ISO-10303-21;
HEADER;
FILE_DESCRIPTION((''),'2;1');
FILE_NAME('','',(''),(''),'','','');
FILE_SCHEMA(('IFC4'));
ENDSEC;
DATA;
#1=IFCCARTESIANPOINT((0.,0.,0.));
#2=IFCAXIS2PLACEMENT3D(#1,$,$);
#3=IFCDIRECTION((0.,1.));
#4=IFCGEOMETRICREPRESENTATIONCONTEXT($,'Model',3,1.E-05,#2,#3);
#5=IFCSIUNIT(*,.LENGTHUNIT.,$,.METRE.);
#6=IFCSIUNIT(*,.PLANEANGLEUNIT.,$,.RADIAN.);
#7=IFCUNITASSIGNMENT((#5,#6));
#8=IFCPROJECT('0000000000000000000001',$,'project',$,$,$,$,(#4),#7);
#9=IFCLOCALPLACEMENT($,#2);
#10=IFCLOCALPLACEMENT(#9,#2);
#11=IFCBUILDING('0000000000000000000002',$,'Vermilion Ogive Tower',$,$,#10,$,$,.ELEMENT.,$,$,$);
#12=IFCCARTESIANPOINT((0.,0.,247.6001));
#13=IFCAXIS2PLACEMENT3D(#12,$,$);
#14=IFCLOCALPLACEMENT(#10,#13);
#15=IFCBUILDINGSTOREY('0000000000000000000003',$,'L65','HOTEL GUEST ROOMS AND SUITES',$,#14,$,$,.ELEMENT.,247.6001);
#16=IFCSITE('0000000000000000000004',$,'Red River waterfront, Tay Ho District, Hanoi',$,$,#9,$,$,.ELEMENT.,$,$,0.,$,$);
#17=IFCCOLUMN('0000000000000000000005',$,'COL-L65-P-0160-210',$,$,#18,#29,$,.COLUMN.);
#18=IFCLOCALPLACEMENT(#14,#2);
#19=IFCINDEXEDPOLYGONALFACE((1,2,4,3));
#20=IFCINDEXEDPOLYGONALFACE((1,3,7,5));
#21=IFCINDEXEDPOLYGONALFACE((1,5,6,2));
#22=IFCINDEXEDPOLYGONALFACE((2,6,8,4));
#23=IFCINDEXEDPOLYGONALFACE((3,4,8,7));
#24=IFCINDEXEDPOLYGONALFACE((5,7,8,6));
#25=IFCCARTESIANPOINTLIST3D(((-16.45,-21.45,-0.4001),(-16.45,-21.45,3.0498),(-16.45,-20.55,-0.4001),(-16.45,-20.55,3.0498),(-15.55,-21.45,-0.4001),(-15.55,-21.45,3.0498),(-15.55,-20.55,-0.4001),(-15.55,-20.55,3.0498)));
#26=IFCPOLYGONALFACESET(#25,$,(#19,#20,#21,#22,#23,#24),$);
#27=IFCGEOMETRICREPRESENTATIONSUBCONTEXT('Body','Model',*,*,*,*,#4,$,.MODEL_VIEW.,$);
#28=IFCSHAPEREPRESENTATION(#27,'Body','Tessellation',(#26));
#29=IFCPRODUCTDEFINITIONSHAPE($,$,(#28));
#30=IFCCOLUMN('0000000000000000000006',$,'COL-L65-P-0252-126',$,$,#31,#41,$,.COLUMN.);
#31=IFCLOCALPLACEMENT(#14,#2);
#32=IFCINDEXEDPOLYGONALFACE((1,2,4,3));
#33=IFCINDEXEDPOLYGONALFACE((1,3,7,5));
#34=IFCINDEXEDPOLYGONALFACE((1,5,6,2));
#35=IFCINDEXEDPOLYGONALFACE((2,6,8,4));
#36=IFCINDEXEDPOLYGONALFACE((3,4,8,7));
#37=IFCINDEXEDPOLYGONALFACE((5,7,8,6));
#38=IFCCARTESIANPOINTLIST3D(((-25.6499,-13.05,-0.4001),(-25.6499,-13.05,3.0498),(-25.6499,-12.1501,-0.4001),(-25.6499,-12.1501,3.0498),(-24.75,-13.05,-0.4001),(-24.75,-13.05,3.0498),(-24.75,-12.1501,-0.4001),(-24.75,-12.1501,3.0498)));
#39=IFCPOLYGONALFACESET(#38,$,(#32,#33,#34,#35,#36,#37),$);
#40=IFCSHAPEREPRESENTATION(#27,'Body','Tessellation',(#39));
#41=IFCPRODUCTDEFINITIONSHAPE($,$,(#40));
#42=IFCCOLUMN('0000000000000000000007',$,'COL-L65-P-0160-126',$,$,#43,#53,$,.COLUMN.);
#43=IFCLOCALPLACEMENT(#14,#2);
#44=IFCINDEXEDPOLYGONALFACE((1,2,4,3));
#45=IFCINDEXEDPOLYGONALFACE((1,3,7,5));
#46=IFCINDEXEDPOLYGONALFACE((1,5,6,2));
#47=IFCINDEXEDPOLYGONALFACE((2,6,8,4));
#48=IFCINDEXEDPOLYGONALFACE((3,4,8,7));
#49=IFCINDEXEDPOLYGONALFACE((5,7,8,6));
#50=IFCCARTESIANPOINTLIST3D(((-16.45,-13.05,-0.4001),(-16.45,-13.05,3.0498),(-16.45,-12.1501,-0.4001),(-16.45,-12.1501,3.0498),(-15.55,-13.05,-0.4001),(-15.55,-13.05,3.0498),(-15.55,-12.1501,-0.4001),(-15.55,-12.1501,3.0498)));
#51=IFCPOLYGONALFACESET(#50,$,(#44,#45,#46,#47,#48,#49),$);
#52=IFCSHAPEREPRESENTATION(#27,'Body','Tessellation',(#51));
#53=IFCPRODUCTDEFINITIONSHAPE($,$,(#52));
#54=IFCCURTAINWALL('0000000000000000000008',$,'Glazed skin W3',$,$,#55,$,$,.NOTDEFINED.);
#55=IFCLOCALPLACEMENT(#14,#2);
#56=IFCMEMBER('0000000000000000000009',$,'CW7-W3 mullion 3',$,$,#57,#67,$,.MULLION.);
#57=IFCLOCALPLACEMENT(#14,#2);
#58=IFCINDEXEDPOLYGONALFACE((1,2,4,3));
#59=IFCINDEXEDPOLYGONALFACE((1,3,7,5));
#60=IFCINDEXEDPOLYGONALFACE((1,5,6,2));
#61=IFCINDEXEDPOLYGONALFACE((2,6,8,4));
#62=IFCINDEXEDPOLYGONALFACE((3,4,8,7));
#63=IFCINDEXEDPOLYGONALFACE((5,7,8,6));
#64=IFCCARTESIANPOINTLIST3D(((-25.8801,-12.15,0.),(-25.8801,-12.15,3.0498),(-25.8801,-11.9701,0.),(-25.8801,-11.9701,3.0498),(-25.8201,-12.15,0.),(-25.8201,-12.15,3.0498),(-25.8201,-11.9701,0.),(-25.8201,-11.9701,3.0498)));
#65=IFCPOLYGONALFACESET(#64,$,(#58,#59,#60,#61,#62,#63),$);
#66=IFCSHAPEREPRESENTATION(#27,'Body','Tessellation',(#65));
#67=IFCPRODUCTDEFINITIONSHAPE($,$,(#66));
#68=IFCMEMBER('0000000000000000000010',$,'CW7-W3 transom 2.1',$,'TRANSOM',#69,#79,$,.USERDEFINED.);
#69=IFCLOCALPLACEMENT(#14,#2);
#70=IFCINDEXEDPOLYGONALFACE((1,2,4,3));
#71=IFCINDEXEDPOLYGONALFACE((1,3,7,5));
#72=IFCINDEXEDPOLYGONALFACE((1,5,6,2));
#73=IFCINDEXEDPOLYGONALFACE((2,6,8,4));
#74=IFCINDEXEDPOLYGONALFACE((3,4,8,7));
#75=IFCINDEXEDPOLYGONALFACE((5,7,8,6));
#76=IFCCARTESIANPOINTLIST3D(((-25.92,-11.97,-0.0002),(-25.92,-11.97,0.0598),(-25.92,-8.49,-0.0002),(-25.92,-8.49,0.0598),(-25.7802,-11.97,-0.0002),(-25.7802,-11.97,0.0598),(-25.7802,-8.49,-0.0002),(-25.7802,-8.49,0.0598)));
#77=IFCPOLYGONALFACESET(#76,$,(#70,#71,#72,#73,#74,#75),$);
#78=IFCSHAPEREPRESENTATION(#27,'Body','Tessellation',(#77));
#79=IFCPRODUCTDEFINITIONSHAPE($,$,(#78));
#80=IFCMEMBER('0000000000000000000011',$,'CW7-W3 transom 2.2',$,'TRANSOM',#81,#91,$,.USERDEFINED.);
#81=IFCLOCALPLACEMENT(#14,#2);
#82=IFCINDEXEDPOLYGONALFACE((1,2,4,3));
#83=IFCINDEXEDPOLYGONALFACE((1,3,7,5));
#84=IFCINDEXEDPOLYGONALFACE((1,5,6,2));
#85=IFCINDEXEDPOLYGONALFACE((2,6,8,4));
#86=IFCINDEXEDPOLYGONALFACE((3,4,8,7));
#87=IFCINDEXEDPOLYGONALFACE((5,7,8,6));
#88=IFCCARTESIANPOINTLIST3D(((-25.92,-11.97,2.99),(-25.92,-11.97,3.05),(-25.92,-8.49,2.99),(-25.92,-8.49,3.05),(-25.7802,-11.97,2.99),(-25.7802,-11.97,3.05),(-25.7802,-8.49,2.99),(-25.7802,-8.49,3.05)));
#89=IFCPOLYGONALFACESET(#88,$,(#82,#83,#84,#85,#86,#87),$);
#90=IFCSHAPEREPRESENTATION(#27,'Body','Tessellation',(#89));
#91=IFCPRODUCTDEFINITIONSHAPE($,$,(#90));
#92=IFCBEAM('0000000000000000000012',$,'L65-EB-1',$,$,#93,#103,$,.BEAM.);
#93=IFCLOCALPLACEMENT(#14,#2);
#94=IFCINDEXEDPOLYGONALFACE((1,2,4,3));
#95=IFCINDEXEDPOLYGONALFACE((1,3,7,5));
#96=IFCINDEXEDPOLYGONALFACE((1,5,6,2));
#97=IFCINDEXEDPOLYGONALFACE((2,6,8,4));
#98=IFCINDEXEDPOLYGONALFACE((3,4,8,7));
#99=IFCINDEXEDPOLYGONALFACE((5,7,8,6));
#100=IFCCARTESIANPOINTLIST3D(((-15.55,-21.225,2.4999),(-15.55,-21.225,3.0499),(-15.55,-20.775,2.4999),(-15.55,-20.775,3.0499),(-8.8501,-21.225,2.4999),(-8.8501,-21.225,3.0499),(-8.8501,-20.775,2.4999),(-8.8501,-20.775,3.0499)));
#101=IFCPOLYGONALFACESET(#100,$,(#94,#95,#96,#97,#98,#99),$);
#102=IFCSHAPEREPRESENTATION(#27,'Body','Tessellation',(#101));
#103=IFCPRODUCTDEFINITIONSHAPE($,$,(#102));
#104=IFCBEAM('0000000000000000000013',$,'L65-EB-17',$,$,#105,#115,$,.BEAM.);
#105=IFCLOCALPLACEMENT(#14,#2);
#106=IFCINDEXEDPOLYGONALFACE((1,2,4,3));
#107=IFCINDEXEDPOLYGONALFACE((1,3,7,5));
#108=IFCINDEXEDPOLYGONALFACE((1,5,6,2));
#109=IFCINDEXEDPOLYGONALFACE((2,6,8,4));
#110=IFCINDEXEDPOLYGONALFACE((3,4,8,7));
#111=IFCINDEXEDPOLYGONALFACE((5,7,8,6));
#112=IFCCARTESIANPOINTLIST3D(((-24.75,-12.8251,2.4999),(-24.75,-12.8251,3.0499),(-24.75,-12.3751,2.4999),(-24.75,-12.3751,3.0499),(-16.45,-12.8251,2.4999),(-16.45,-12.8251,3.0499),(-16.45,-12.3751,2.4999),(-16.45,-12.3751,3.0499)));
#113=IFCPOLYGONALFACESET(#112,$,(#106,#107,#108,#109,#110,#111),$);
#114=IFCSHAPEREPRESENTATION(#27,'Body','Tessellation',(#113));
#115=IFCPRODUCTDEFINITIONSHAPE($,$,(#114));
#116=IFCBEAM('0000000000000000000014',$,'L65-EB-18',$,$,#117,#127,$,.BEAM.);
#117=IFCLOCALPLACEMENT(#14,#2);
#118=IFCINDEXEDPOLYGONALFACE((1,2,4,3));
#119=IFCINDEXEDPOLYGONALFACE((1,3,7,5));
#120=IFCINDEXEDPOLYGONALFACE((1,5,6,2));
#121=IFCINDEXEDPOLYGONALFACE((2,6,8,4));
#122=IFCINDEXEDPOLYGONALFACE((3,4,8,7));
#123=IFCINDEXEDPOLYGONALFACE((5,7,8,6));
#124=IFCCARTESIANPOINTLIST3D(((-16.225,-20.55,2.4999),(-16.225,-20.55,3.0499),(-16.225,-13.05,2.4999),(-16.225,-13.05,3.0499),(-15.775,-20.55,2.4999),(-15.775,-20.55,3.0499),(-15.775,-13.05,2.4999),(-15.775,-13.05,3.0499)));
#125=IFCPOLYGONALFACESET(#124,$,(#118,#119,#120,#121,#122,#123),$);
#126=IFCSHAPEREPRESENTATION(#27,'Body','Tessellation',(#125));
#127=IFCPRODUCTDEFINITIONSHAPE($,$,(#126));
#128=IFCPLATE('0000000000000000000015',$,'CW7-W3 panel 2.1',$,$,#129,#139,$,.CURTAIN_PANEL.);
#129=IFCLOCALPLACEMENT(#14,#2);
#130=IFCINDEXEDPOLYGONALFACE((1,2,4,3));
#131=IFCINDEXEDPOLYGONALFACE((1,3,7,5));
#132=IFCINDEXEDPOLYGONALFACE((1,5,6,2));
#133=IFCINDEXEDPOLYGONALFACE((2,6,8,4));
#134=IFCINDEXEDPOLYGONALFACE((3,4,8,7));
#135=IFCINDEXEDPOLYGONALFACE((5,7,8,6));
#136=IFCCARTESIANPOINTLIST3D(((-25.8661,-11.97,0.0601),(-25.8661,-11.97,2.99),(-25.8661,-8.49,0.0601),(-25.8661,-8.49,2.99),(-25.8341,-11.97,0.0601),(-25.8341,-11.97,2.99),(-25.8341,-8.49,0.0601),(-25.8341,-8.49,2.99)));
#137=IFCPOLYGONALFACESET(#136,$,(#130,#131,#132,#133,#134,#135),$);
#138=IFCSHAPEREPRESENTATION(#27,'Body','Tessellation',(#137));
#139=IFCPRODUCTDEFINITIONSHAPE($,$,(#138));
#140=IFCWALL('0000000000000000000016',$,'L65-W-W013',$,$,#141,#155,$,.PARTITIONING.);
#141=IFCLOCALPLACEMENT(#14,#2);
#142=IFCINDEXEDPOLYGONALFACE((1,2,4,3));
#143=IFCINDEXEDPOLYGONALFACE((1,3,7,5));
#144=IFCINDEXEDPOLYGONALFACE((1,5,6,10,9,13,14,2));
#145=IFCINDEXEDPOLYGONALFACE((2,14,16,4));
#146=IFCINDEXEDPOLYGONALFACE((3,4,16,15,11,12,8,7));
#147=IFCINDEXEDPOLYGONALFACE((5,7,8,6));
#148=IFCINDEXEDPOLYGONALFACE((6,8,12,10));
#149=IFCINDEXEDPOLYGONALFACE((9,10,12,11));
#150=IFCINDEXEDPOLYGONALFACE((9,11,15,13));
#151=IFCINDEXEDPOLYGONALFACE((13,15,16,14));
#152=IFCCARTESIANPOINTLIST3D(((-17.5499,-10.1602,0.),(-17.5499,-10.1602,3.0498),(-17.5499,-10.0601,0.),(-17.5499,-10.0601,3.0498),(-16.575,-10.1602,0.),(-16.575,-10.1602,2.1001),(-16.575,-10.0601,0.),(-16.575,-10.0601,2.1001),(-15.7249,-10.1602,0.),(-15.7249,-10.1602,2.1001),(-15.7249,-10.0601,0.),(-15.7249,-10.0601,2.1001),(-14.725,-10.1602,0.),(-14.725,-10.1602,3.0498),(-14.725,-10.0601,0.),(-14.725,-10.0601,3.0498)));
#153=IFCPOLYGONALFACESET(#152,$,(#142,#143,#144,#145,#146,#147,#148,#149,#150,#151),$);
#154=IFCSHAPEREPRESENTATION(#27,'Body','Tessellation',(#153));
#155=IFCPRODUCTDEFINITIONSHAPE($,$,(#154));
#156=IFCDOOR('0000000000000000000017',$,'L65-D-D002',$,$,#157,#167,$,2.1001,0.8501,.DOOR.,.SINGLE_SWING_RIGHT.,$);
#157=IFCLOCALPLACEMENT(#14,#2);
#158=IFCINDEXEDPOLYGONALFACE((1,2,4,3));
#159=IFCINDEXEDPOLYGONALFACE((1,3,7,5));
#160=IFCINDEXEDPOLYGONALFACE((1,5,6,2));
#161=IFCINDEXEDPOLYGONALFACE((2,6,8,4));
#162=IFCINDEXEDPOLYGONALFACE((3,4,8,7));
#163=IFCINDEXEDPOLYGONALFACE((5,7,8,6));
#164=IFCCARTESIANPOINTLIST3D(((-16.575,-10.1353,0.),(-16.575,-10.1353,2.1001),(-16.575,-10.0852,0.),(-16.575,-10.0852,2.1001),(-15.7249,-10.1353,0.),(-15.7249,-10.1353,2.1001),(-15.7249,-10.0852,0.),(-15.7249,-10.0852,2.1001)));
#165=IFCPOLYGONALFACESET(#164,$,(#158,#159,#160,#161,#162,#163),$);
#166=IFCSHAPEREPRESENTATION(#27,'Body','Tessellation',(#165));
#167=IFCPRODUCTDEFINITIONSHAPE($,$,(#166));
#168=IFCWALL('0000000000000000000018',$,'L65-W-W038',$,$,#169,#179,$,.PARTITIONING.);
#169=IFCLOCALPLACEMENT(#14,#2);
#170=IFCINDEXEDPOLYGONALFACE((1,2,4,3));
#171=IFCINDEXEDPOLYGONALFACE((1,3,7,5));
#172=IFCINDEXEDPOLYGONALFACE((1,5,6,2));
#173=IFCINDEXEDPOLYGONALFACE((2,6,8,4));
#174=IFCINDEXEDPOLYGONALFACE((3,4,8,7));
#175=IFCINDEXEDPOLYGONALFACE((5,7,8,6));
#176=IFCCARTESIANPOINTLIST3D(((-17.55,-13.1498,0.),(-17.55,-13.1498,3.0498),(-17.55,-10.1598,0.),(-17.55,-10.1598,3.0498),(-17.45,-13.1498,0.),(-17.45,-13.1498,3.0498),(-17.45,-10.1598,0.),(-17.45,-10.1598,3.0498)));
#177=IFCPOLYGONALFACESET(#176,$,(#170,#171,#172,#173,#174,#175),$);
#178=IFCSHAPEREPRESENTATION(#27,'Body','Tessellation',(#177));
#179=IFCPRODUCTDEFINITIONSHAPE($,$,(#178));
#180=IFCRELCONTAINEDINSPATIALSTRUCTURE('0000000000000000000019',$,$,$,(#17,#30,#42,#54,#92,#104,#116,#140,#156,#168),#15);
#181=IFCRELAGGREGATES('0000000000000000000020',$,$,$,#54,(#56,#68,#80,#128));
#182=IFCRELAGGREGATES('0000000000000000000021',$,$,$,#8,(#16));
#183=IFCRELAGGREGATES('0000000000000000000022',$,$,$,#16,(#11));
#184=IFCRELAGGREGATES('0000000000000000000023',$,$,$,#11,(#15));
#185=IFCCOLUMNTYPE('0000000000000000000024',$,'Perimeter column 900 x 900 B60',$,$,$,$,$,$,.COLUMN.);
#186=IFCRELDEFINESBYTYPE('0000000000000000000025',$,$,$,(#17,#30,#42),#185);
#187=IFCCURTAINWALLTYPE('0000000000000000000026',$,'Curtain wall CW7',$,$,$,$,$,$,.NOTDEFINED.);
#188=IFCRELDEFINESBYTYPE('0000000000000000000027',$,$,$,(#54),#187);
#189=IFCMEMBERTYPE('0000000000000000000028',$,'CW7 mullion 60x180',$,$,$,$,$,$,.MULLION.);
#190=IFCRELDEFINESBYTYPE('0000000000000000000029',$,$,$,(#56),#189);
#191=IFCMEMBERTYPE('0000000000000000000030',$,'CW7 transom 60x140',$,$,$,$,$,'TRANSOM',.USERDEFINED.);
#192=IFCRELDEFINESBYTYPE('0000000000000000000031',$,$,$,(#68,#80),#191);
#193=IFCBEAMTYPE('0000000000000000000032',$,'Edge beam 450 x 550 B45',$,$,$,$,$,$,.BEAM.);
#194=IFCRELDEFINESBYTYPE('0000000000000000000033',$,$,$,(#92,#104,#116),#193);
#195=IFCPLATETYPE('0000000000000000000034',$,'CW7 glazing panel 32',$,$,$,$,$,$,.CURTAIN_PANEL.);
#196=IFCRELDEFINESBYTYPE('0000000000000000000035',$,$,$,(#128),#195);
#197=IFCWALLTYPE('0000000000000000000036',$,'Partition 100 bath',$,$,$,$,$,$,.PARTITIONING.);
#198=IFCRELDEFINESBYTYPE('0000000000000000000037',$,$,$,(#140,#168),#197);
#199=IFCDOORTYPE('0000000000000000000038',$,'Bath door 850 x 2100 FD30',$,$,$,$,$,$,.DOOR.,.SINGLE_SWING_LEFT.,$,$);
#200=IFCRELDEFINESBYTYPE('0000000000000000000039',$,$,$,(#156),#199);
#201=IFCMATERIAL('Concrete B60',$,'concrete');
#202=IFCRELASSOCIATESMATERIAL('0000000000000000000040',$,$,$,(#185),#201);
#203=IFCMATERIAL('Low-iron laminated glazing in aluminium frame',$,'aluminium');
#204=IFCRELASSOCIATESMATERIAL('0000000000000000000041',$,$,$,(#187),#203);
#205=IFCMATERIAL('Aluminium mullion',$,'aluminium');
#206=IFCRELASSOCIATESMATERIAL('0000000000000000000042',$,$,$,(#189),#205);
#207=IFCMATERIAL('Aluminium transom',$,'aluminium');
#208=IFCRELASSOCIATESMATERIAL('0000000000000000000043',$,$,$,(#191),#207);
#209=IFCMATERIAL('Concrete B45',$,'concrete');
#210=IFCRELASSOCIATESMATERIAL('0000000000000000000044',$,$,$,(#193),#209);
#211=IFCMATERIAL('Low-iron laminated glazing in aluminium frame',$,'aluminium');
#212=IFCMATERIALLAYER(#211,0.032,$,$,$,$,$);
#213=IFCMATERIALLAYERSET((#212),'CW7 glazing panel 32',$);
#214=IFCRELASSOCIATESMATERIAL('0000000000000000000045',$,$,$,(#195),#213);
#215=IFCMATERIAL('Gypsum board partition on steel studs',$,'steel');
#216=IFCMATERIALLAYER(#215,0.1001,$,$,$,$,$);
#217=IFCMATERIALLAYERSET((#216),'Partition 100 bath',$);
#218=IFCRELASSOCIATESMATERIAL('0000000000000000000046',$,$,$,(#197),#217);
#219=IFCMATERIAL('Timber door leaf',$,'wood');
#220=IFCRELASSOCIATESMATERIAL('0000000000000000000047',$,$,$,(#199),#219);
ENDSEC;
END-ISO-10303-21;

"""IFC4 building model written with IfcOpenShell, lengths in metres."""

from ifc_helpers import new_model, si_unit, direction, frame, frame_2d, origin, origin_2d, place, context, subcontext, project, spatial, rectangle, extrude, material, layer, layer_set, material_profile, profile_set, type_object, element, fill, aggregate, save


model = new_model("IFC4")

# Units and contexts
model_context = context("Model", 3, precision=1e-05, world=origin(), true_north=direction((0.0, 1.0)))
body_context = subcontext(model_context, "Body", "Model", "MODEL_VIEW")
ifc_project = project(units=[si_unit("LENGTHUNIT", "METRE"), si_unit("PLANEANGLEUNIT", "RADIAN")], contexts=[model_context])

# Site, building, storey
site_placement = place(None, origin())
site = spatial("IfcSite", under=ifc_project, at=site_placement, Name="Red River waterfront, Tay Ho District, Hanoi", CompositionType="ELEMENT", RefElevation=0.0)
building_placement = place(site_placement, origin())
building = spatial("IfcBuilding", under=site, at=building_placement, Name="Vermilion Ogive Tower", CompositionType="ELEMENT")
storey_placement = place(building_placement, frame((0.0, 0.0, 247.6001)))
storey = spatial("IfcBuildingStorey", under=building, at=storey_placement, Name="L65", Description="HOTEL GUEST ROOMS AND SUITES", CompositionType="ELEMENT", Elevation=247.6001)

# Columns
ifc_material_1 = material(Name="Concrete B60", Category="concrete")
ifc_material_profile_1 = material_profile(ifc_material_1, rectangle(XDim=0.8999, YDim=0.8999, at=origin_2d()), Name="900 x 900")
ifc_profile_set_1 = profile_set([ifc_material_profile_1], Name="Concrete B60")
column_type = type_object("IfcColumnType", Name="Perimeter column 900 x 900 B60", PredefinedType="COLUMN", material=ifc_profile_set_1)
for number, where, z_axis, x_axis, name in (
    (1, (-16.0, -21.0, -0.4001), (0.0, 0.0, 1.0), (1.0, 0.0, 0.0), "COL-L65-P-0160-210"),
    (2, (-25.2, -12.6001, -0.4001), (0.0, 0.0, 1.0), (1.0, 0.0, 0.0), "COL-L65-P-0252-126"),
    (3, (-16.0, -12.6001, -0.4001), (0.0, 0.0, 1.0), (1.0, 0.0, 0.0), "COL-L65-P-0160-126"),
):
    element("IfcColumn", number, at=place(storey_placement, frame(where, z_axis=z_axis, x_axis=x_axis)), inside=storey, type_object=column_type, Name=name, PredefinedType="COLUMN", context=body_context, shape_type="SweptSolid", body=[
        extrude(rectangle(XDim=0.8999, YDim=0.8999, at=origin_2d()), origin(), (0.0, 0.0, 1.0), 3.45),
    ])

# Curtain wall, members
ifc_material_2 = material(Name="Low-iron laminated glazing in aluminium frame", Category="aluminium")
curtain_wall_type = type_object("IfcCurtainWallType", Name="Curtain wall CW7", PredefinedType="NOTDEFINED", material=ifc_material_2)
curtain_wall_placement = place(storey_placement, origin())
curtain_wall = element("IfcCurtainWall", 4, at=curtain_wall_placement, inside=storey, type_object=curtain_wall_type, Name="Glazed skin W3", PredefinedType="NOTDEFINED")
ifc_material_3 = material(Name="Aluminium mullion", Category="aluminium")
ifc_material_profile_2 = material_profile(ifc_material_3, rectangle(XDim=0.0601, YDim=0.1799, at=origin_2d()), Name="AL 60x180")
ifc_profile_set_2 = profile_set([ifc_material_profile_2], Name="Aluminium mullion")
member_type_1 = type_object("IfcMemberType", Name="CW7 mullion 60x180", PredefinedType="MULLION", material=ifc_profile_set_2)
member_1_placement = place(storey_placement, frame((-25.8501, -12.0601, 0.0), z_axis=(0.0, 0.0, 1.0), x_axis=(1.0, 0.0, 0.0)))
member_1 = element("IfcMember", 5, at=member_1_placement, type_object=member_type_1, Name="CW7-W3 mullion 3", PredefinedType="MULLION", context=body_context, shape_type="SweptSolid", body=[
    extrude(rectangle(XDim=0.0601, YDim=0.1799, at=origin_2d()), origin(), (0.0, 0.0, 1.0), 3.0498),
])
ifc_material_4 = material(Name="Aluminium transom", Category="aluminium")
ifc_material_profile_3 = material_profile(ifc_material_4, rectangle(XDim=0.1399, YDim=0.0601, at=origin_2d()), Name="AL 60x140")
ifc_profile_set_3 = profile_set([ifc_material_profile_3], Name="Aluminium transom")
member_type_2 = type_object("IfcMemberType", Name="CW7 transom 60x140", ElementType="TRANSOM", PredefinedType="USERDEFINED", material=ifc_profile_set_3)
member_2_placement = place(storey_placement, frame((-25.8501, -8.49, 0.0298), z_axis=(0.0, -1.0, 0.0), x_axis=(1.0, 0.0, 0.0)))
member_2 = element("IfcMember", 6, at=member_2_placement, type_object=member_type_2, Name="CW7-W3 transom 2.1", ObjectType="TRANSOM", PredefinedType="USERDEFINED", context=body_context, shape_type="SweptSolid", body=[
    extrude(rectangle(XDim=0.1399, YDim=0.0601, at=origin_2d()), origin(), (0.0, 0.0, 1.0), 3.48),
])
member_3_placement = place(storey_placement, frame((-25.8501, -8.49, 3.02), z_axis=(0.0, -1.0, 0.0), x_axis=(1.0, 0.0, 0.0)))
member_3 = element("IfcMember", 7, at=member_3_placement, type_object=member_type_2, Name="CW7-W3 transom 2.2", ObjectType="TRANSOM", PredefinedType="USERDEFINED", context=body_context, shape_type="SweptSolid", body=[
    extrude(rectangle(XDim=0.1399, YDim=0.0601, at=origin_2d()), origin(), (0.0, 0.0, 1.0), 3.48),
])

# Beams
ifc_material_5 = material(Name="Concrete B45", Category="concrete")
ifc_material_profile_4 = material_profile(ifc_material_5, rectangle(XDim=0.45, YDim=0.55, at=origin_2d()), Name="450 x 550")
ifc_profile_set_4 = profile_set([ifc_material_profile_4], Name="Concrete B45")
beam_type = type_object("IfcBeamType", Name="Edge beam 450 x 550 B45", PredefinedType="BEAM", material=ifc_profile_set_4)
beam_1_placement = place(storey_placement, frame((-15.55, -21.0, 2.7749), z_axis=(1.0, 0.0, 0.0), x_axis=(0.0, 1.0, 0.0)))
element("IfcBeam", 8, at=beam_1_placement, inside=storey, type_object=beam_type, Name="L65-EB-1", PredefinedType="BEAM", context=body_context, shape_type="SweptSolid", body=[
    extrude(rectangle(XDim=0.45, YDim=0.55, at=origin_2d()), origin(), (0.0, 0.0, 1.0), 6.7),
])
beam_2_placement = place(storey_placement, frame((-24.75, -12.6001, 2.7749), z_axis=(1.0, 0.0, 0.0), x_axis=(0.0, 1.0, 0.0)))
element("IfcBeam", 9, at=beam_2_placement, inside=storey, type_object=beam_type, Name="L65-EB-17", PredefinedType="BEAM", context=body_context, shape_type="SweptSolid", body=[
    extrude(rectangle(XDim=0.45, YDim=0.55, at=origin_2d()), origin(), (0.0, 0.0, 1.0), 8.3),
])
beam_3_placement = place(storey_placement, frame((-16.0, -13.05, 2.7749), z_axis=(0.0, -1.0, 0.0), x_axis=(1.0, 0.0, 0.0)))
element("IfcBeam", 10, at=beam_3_placement, inside=storey, type_object=beam_type, Name="L65-EB-18", PredefinedType="BEAM", context=body_context, shape_type="SweptSolid", body=[
    extrude(rectangle(XDim=0.45, YDim=0.55, at=origin_2d()), origin(), (0.0, 0.0, 1.0), 7.5),
])

# Plate
ifc_material_6 = material(Name="Low-iron laminated glazing in aluminium frame", Category="aluminium")
ifc_layer_1 = layer(ifc_material_6, 0.032)
ifc_layer_set_1 = layer_set([ifc_layer_1], Name="CW7 glazing panel 32")
plate_type = type_object("IfcPlateType", Name="CW7 glazing panel 32", PredefinedType="CURTAIN_PANEL", material=ifc_layer_set_1)
plate_placement = place(storey_placement, frame((-25.8501, -10.23, 0.0601), z_axis=(0.0, 0.0, 1.0), x_axis=(0.0, -1.0, 0.0)))
plate = element("IfcPlate", 11, at=plate_placement, type_object=plate_type, Name="CW7-W3 panel 2.1", PredefinedType="CURTAIN_PANEL", context=body_context, shape_type="SweptSolid", body=[
    extrude(rectangle(XDim=3.48, YDim=0.032, at=origin_2d()), origin(), (0.0, 0.0, 1.0), 2.9299),
])
aggregate(curtain_wall, [member_1, member_2, member_3, plate])

# Wall, opening, door
ifc_material_7 = material(Name="Gypsum board partition on steel studs", Category="steel")
ifc_layer_2 = layer(ifc_material_7, 0.1001)
ifc_layer_set_2 = layer_set([ifc_layer_2], Name="Partition 100 bath")
wall_type_1 = type_object("IfcWallType", Name="Partition 100 bath", PredefinedType="PARTITIONING", material=ifc_layer_set_2)
wall_1_placement = place(storey_placement, frame((-17.55, -10.1101, 0.0), z_axis=(0.0, 0.0, 1.0), x_axis=(1.0, 0.0, 0.0)))
wall_1 = element("IfcWall", 12, at=wall_1_placement, inside=storey, type_object=wall_type_1, Name="L65-W-W013", PredefinedType="PARTITIONING", context=body_context, shape_type="SweptSolid", body=[
    extrude(rectangle(XDim=2.825, YDim=0.1001, at=frame_2d((1.4126, 0.0))), origin(), (0.0, 0.0, 1.0), 3.0498),
])
opening_1_placement = place(wall_1_placement, frame((0.9751, 0.0, 0.0)))
opening_1 = element("IfcOpeningElement", 13, at=opening_1_placement, cuts=wall_1, PredefinedType="OPENING", context=body_context, shape_type="SweptSolid", body=[
    extrude(rectangle(XDim=0.8501, YDim=2.1001, at=frame_2d((0.425, 1.05))), frame((0.0, 0.0601, 0.0), z_axis=(0.0, -1.0, 0.0), x_axis=(1.0, 0.0, 0.0)), (0.0, 0.0, 1.0), 0.1201),
])
ifc_material_8 = material(Name="Timber door leaf", Category="wood")
door_type_1 = type_object("IfcDoorType", Name="Bath door 850 x 2100 FD30", OperationType="SINGLE_SWING_LEFT", PredefinedType="DOOR", material=ifc_material_8)
door_1_placement = place(opening_1_placement, origin())
door_1 = element("IfcDoor", 14, at=door_1_placement, inside=storey, type_object=door_type_1, Name="L65-D-D002", OperationType="SINGLE_SWING_RIGHT", OverallHeight=2.1001, OverallWidth=0.8501, PredefinedType="DOOR", context=body_context, shape_type="SweptSolid", body=[
    extrude(rectangle(XDim=0.8501, YDim=2.1001, at=frame_2d((0.425, 1.05))), frame((0.0, 0.0249, 0.0), z_axis=(0.0, -1.0, 0.0), x_axis=(1.0, 0.0, 0.0)), (0.0, 0.0, 1.0), 0.05),
])
fill(opening_1, door_1)

# Wall
wall_2_placement = place(storey_placement, frame((-17.5, -13.1499, 0.0), z_axis=(0.0, 0.0, 1.0), x_axis=(0.0, 1.0, 0.0)))
element("IfcWall", 15, at=wall_2_placement, inside=storey, type_object=wall_type_1, Name="L65-W-W038", PredefinedType="PARTITIONING", context=body_context, shape_type="SweptSolid", body=[
    extrude(rectangle(XDim=2.99, YDim=0.1001, at=frame_2d((1.4951, 0.0))), origin(), (0.0, 0.0, 1.0), 3.0498),
])

save(model, "model.ifc")
